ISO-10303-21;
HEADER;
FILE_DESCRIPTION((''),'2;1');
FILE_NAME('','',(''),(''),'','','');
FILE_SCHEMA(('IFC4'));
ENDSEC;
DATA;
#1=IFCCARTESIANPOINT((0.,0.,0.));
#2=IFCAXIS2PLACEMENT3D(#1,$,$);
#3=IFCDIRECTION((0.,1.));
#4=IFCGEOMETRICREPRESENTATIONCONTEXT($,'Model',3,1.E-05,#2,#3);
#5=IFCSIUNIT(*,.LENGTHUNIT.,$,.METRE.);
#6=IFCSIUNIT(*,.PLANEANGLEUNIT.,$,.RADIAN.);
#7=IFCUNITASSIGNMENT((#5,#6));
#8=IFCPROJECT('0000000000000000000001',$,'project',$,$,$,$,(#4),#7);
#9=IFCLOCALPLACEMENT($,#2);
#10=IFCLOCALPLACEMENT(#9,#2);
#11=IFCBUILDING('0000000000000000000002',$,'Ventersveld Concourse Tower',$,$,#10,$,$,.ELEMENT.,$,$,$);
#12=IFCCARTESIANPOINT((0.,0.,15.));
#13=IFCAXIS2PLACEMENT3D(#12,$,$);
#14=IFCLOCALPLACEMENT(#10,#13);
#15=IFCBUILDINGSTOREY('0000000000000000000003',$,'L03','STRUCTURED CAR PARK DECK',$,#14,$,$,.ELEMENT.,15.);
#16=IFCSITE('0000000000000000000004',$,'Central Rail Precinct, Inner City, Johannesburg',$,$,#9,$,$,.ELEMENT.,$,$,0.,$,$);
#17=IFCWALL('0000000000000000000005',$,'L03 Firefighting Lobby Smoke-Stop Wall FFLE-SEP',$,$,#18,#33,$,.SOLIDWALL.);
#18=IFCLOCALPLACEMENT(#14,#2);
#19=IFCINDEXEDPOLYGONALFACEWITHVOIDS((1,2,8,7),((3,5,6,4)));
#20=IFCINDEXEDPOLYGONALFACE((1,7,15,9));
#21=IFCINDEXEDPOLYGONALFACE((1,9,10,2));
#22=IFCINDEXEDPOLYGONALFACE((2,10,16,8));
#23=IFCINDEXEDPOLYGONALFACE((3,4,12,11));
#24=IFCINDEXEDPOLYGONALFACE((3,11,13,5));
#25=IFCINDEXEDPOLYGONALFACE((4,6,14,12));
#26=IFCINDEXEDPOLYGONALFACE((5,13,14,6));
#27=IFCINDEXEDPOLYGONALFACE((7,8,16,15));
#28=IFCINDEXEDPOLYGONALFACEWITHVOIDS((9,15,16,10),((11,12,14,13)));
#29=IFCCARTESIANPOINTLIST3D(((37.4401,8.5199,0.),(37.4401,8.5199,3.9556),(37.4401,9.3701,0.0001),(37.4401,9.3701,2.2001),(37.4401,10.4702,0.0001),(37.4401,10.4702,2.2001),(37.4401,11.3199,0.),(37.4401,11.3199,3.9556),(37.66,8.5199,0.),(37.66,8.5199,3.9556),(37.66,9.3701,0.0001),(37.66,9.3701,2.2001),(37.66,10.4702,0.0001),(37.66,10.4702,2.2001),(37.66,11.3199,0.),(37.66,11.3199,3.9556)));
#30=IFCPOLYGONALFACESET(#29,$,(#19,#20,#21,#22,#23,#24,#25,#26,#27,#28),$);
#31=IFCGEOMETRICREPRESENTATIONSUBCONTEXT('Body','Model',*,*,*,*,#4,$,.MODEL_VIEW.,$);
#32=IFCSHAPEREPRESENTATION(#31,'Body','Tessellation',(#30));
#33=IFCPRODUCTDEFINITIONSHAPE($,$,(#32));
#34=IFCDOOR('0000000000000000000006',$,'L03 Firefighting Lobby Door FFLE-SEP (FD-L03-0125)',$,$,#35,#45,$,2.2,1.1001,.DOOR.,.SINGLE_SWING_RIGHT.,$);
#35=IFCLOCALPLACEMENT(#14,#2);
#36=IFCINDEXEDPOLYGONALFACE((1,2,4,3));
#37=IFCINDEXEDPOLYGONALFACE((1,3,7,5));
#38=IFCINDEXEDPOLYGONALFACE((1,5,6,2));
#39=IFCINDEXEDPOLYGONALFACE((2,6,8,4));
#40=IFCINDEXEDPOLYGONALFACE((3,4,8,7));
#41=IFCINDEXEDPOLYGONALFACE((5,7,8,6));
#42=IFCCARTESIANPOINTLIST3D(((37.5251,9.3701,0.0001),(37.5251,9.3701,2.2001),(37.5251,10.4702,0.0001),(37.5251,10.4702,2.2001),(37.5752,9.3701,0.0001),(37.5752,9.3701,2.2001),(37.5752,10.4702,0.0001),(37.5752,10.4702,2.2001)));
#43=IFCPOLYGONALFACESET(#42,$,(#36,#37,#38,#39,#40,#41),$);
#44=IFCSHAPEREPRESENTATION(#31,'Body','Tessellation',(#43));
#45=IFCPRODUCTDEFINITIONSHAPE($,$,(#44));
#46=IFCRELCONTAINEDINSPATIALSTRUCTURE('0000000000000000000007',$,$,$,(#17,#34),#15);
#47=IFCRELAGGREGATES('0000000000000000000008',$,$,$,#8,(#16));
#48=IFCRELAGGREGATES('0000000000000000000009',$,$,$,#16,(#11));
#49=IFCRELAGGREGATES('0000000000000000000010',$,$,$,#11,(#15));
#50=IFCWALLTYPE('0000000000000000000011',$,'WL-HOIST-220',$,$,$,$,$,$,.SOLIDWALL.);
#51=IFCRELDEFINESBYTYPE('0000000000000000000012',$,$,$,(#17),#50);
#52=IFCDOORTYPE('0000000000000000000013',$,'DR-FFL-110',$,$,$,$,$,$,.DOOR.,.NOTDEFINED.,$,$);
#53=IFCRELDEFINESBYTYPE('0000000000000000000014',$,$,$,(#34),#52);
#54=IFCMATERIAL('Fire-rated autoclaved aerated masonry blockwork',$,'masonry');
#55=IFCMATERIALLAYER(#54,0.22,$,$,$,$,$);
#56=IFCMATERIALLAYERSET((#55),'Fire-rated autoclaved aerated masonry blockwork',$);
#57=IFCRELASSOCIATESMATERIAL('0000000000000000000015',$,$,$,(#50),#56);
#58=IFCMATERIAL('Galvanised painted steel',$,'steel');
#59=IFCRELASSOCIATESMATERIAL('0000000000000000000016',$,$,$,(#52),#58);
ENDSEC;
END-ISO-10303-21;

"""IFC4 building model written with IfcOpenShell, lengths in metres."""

from ifc_helpers import new_model, si_unit, direction, frame, frame_2d, origin, place, context, subcontext, project, spatial, rectangle, extrude, material, layer, layer_set, type_object, element, fill, save


model = new_model("IFC4")

# Units and contexts
model_context = context("Model", 3, precision=1e-05, world=origin(), true_north=direction((0.0, 1.0)))
body_context = subcontext(model_context, "Body", "Model", "MODEL_VIEW")
ifc_project = project(units=[si_unit("LENGTHUNIT", "METRE"), si_unit("PLANEANGLEUNIT", "RADIAN")], contexts=[model_context])

# Site, building, storey
site_placement = place(None, origin())
site = spatial("IfcSite", under=ifc_project, at=site_placement, Name="Central Rail Precinct, Inner City, Johannesburg", CompositionType="ELEMENT", RefElevation=0.0)
building_placement = place(site_placement, origin())
building = spatial("IfcBuilding", under=site, at=building_placement, Name="Ventersveld Concourse Tower", CompositionType="ELEMENT")
storey_placement = place(building_placement, frame((0.0, 0.0, 15.0)))
storey = spatial("IfcBuildingStorey", under=building, at=storey_placement, Name="L03", Description="STRUCTURED CAR PARK DECK", CompositionType="ELEMENT", Elevation=15.0)

# Shared definitions
ifc_material_1 = material(Name="Fire-rated autoclaved aerated masonry blockwork", Category="masonry")
ifc_layer_1 = layer(ifc_material_1, 0.22)
ifc_layer_set_1 = layer_set([ifc_layer_1], Name="Fire-rated autoclaved aerated masonry blockwork")
wall_type_1 = type_object("IfcWallType", Name="WL-HOIST-220", PredefinedType="SOLIDWALL", material=ifc_layer_set_1)

# Wall, opening, door
wall_1_placement = place(storey_placement, frame((37.55, 8.52, 0.0), z_axis=(0.0, 0.0, 1.0), x_axis=(0.0, 1.0, 0.0)))
wall_1 = element("IfcWall", 1, at=wall_1_placement, inside=storey, type_object=wall_type_1, Name="L03 Firefighting Lobby Smoke-Stop Wall FFLE-SEP", PredefinedType="SOLIDWALL", context=body_context, shape_type="SweptSolid", body=[
    extrude(rectangle(XDim=2.8, YDim=0.22, at=frame_2d((1.3999, 0.0))), origin(), (0.0, 0.0, 1.0), 3.9556),
])
opening_1_placement = place(wall_1_placement, frame((0.8501, 0.0, 0.0)))
opening_1 = element("IfcOpeningElement", 2, at=opening_1_placement, cuts=wall_1, PredefinedType="OPENING", context=body_context, shape_type="SweptSolid", body=[
    extrude(rectangle(XDim=1.1001, YDim=2.2, at=frame_2d((0.55, 1.1001))), frame((0.0, 0.1201, 0.0), z_axis=(0.0, -1.0, 0.0), x_axis=(1.0, 0.0, 0.0)), (0.0, 0.0, 1.0), 0.24),
])
ifc_material_2 = material(Name="Galvanised painted steel", Category="steel")
door_type_1 = type_object("IfcDoorType", Name="DR-FFL-110", OperationType="NOTDEFINED", PredefinedType="DOOR", material=ifc_material_2)
door_1_placement = place(opening_1_placement, origin())
door_1 = element("IfcDoor", 3, at=door_1_placement, inside=storey, type_object=door_type_1, Name="L03 Firefighting Lobby Door FFLE-SEP (FD-L03-0125)", OperationType="SINGLE_SWING_RIGHT", OverallHeight=2.2, OverallWidth=1.1001, PredefinedType="DOOR", context=body_context, shape_type="SweptSolid", body=[
    extrude(rectangle(XDim=1.1001, YDim=2.2, at=frame_2d((0.55, 1.1001))), frame((0.0, 0.0249, 0.0), z_axis=(0.0, -1.0, 0.0), x_axis=(1.0, 0.0, 0.0)), (0.0, 0.0, 1.0), 0.05),
])
fill(opening_1, door_1)

save(model, "model.ifc")
